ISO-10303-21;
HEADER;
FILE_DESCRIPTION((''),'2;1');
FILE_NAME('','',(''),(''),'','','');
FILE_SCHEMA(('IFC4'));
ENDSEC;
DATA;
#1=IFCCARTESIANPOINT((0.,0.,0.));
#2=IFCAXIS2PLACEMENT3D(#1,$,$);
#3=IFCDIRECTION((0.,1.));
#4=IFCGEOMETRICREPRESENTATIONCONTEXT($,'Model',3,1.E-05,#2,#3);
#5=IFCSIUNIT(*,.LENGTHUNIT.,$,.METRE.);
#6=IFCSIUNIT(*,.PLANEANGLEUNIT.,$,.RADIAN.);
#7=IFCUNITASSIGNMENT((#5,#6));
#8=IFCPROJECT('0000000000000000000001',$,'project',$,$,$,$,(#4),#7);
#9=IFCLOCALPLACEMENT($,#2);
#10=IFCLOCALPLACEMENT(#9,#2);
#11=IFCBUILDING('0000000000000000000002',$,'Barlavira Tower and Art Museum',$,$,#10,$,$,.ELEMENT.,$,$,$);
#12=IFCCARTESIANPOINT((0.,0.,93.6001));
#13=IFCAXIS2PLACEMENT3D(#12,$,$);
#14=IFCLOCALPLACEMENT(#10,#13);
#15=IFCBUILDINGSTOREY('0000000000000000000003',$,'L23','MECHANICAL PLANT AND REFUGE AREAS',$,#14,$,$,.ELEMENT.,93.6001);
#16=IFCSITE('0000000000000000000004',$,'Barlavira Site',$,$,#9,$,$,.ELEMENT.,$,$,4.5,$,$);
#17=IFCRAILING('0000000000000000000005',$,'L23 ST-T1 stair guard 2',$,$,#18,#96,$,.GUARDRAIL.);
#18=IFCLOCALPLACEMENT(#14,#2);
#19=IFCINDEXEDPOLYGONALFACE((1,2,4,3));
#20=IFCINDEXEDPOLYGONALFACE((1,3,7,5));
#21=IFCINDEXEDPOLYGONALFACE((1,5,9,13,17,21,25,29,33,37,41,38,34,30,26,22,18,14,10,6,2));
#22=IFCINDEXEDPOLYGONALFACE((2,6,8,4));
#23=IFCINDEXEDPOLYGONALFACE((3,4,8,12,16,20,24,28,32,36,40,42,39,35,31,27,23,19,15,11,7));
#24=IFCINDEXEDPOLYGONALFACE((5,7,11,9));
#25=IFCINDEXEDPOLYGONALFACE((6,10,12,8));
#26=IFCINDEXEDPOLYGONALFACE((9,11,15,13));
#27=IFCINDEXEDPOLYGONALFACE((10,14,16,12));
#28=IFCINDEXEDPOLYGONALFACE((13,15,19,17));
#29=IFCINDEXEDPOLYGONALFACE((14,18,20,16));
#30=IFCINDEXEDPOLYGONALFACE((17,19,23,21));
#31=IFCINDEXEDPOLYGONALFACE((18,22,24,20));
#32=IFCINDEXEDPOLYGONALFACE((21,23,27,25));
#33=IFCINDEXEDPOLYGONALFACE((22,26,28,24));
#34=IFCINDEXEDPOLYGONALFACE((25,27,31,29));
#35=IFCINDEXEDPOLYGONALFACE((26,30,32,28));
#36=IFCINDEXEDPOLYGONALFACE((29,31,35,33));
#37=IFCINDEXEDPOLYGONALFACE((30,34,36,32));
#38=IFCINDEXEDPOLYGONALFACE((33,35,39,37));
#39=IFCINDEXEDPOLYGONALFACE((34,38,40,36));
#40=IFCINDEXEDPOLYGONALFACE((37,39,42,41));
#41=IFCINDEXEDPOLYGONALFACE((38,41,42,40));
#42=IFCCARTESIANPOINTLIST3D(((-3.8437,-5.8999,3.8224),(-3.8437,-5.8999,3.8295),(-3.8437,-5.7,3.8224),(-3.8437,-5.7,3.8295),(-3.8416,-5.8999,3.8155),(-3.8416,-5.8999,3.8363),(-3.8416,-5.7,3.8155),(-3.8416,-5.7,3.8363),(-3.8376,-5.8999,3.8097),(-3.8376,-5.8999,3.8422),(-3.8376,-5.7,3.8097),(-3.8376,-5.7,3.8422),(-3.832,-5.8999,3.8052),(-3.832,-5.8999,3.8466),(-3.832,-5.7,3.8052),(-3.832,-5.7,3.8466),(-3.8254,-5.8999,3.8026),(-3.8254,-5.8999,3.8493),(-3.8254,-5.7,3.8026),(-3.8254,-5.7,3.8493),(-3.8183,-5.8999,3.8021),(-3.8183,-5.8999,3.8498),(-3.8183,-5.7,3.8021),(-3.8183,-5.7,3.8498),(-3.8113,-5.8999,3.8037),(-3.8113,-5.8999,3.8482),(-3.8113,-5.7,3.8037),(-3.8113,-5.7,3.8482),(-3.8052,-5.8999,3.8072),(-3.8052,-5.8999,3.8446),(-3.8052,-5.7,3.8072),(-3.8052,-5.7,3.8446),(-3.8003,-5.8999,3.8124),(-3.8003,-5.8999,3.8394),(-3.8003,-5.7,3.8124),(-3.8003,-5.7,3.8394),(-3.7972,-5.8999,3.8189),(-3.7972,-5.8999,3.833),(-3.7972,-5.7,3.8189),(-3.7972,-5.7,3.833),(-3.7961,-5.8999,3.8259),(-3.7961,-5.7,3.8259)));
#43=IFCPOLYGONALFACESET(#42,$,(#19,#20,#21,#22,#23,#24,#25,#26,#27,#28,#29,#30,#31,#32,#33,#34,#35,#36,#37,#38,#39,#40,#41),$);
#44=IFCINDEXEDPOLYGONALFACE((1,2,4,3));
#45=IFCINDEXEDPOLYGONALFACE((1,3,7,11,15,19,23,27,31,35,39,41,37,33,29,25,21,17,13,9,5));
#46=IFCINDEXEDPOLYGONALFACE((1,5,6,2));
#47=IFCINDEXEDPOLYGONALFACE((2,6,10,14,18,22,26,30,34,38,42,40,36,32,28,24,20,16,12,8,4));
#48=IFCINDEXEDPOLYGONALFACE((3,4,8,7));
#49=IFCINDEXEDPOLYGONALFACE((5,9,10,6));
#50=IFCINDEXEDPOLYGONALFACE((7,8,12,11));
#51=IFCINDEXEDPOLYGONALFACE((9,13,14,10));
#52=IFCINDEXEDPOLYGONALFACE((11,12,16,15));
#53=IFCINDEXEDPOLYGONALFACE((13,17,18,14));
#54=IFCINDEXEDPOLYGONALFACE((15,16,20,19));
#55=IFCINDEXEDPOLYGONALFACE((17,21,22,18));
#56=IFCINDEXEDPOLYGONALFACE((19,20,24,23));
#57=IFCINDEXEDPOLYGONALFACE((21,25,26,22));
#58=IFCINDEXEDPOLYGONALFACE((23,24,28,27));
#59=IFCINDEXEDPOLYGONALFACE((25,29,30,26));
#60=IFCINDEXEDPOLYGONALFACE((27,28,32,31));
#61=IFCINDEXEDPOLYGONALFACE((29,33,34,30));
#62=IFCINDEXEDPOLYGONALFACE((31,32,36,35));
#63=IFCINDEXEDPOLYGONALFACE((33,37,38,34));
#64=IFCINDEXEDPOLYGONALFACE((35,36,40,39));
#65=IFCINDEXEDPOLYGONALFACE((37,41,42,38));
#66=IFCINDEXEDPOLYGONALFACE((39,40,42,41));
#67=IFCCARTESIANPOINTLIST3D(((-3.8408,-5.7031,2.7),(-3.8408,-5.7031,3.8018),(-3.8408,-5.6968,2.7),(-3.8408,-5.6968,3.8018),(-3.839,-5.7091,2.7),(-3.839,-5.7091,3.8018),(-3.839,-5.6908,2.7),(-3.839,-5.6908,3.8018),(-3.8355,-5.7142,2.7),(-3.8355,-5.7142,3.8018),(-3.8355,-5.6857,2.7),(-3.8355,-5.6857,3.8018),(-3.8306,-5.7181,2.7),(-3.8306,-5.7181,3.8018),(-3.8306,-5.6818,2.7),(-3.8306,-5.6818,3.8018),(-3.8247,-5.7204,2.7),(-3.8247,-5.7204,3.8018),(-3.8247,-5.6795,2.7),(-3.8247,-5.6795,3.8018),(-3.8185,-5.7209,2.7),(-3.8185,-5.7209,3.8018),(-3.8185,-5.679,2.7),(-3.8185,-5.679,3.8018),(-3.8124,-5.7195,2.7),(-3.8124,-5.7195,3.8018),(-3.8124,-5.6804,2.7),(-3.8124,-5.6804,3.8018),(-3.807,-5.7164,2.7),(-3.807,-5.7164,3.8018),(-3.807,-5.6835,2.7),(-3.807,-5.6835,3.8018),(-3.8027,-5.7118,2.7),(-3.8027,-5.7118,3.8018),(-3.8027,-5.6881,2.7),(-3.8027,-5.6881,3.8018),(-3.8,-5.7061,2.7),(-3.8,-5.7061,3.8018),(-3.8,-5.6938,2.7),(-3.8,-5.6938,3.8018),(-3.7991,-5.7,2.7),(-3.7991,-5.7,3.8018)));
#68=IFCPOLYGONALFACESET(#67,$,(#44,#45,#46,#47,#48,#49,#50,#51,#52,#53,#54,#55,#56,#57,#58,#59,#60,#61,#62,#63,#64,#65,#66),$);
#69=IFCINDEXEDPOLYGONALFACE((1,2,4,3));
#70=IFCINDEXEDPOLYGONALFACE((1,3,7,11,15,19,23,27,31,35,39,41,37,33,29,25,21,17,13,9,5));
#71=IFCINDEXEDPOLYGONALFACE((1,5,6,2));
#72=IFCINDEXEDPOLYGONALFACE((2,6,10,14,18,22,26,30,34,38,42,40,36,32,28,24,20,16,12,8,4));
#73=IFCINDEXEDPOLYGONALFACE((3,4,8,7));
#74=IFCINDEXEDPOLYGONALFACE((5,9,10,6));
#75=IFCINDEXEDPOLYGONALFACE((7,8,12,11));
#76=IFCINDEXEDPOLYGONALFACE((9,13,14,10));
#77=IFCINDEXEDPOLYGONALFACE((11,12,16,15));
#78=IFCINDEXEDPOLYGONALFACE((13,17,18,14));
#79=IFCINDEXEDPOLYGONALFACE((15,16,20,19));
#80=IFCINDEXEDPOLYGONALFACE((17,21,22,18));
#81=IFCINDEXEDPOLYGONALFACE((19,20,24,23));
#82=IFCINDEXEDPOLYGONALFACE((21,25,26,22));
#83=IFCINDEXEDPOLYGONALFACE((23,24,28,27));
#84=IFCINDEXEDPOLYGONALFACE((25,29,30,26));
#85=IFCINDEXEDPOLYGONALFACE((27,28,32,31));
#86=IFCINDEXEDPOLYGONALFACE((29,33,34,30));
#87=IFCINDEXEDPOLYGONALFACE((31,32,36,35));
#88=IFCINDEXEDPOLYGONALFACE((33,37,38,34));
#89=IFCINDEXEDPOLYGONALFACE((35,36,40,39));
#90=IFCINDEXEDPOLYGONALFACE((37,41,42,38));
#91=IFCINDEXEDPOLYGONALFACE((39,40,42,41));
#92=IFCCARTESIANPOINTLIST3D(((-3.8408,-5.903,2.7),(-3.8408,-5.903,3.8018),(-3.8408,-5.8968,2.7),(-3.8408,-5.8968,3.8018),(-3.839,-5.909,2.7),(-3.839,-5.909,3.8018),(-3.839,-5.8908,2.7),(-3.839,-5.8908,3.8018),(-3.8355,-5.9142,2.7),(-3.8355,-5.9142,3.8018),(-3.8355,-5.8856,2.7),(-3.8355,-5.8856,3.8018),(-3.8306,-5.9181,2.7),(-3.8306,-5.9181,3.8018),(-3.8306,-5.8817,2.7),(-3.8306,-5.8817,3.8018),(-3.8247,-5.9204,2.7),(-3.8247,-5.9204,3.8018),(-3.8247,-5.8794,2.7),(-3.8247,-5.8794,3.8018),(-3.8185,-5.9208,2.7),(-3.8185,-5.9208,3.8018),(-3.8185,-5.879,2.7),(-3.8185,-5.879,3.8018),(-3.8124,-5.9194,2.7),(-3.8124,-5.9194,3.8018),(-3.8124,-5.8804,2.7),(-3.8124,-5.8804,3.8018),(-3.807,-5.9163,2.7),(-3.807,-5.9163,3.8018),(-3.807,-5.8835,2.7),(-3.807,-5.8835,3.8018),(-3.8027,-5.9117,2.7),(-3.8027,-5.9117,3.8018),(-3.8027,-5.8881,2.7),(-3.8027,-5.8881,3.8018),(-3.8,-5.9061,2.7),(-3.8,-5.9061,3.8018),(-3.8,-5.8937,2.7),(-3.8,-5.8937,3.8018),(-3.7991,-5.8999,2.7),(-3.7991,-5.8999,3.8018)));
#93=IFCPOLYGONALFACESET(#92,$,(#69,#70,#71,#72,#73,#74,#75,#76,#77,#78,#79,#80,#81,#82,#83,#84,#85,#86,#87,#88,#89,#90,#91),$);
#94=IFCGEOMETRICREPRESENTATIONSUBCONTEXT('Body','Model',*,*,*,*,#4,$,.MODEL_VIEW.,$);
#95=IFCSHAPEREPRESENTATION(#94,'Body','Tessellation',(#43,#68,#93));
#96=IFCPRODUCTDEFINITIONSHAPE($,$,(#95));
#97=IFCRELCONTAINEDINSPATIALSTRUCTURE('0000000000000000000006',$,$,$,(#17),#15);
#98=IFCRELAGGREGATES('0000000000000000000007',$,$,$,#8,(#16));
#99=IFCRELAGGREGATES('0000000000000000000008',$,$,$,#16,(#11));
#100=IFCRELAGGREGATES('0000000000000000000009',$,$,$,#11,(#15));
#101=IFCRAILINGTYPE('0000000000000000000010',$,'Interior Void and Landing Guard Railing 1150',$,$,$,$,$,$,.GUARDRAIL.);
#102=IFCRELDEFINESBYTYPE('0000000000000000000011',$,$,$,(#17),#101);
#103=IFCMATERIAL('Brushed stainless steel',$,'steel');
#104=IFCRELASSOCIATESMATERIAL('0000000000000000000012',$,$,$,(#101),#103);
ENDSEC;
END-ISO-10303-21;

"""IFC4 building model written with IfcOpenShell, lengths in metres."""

from ifc_helpers import new_model, si_unit, direction, frame, origin, origin_2d, place, context, subcontext, project, spatial, circle, extrude, material, type_object, element, save


model = new_model("IFC4")

# Units and contexts
model_context = context("Model", 3, precision=1e-05, world=origin(), true_north=direction((0.0, 1.0)))
body_context = subcontext(model_context, "Body", "Model", "MODEL_VIEW")
ifc_project = project(units=[si_unit("LENGTHUNIT", "METRE"), si_unit("PLANEANGLEUNIT", "RADIAN")], contexts=[model_context])

# Site, building, storey
site_placement = place(None, origin())
site = spatial("IfcSite", under=ifc_project, at=site_placement, Name="Barlavira Site", CompositionType="ELEMENT", RefElevation=4.5)
building_placement = place(site_placement, origin())
building = spatial("IfcBuilding", under=site, at=building_placement, Name="Barlavira Tower and Art Museum", CompositionType="ELEMENT")
storey_placement = place(building_placement, frame((0.0, 0.0, 93.6001)))
storey = spatial("IfcBuildingStorey", under=building, at=storey_placement, Name="L23", Description="MECHANICAL PLANT AND REFUGE AREAS", CompositionType="ELEMENT", Elevation=93.6001)

# Shared definitions
ifc_material_1 = material(Name="Brushed stainless steel", Category="steel")

# Railing
railing_type_1 = type_object("IfcRailingType", Name="Interior Void and Landing Guard Railing 1150", PredefinedType="GUARDRAIL", material=ifc_material_1)
railing_1_placement = place(storey_placement, frame((-3.8201, -5.7, 2.7)))
element("IfcRailing", 1, at=railing_1_placement, inside=storey, type_object=railing_type_1, Name="L23 ST-T1 stair guard 2", PredefinedType="GUARDRAIL", context=body_context, shape_type="SweptSolid", body=[
    extrude(circle(Radius=0.0239, at=origin_2d()), frame((0.0, 0.0, 1.126), z_axis=(0.0, -1.0, 0.0), x_axis=(1.0, 0.0, 0.0)), (0.0, 0.0, 1.0), 0.2),
    extrude(circle(Radius=0.021, at=origin_2d()), origin(), (0.0, 0.0, 1.0), 1.1018),
    extrude(circle(Radius=0.021, at=origin_2d()), frame((0.0, -0.2, 0.0)), (0.0, 0.0, 1.0), 1.1018),
])

save(model, "model.ifc")
